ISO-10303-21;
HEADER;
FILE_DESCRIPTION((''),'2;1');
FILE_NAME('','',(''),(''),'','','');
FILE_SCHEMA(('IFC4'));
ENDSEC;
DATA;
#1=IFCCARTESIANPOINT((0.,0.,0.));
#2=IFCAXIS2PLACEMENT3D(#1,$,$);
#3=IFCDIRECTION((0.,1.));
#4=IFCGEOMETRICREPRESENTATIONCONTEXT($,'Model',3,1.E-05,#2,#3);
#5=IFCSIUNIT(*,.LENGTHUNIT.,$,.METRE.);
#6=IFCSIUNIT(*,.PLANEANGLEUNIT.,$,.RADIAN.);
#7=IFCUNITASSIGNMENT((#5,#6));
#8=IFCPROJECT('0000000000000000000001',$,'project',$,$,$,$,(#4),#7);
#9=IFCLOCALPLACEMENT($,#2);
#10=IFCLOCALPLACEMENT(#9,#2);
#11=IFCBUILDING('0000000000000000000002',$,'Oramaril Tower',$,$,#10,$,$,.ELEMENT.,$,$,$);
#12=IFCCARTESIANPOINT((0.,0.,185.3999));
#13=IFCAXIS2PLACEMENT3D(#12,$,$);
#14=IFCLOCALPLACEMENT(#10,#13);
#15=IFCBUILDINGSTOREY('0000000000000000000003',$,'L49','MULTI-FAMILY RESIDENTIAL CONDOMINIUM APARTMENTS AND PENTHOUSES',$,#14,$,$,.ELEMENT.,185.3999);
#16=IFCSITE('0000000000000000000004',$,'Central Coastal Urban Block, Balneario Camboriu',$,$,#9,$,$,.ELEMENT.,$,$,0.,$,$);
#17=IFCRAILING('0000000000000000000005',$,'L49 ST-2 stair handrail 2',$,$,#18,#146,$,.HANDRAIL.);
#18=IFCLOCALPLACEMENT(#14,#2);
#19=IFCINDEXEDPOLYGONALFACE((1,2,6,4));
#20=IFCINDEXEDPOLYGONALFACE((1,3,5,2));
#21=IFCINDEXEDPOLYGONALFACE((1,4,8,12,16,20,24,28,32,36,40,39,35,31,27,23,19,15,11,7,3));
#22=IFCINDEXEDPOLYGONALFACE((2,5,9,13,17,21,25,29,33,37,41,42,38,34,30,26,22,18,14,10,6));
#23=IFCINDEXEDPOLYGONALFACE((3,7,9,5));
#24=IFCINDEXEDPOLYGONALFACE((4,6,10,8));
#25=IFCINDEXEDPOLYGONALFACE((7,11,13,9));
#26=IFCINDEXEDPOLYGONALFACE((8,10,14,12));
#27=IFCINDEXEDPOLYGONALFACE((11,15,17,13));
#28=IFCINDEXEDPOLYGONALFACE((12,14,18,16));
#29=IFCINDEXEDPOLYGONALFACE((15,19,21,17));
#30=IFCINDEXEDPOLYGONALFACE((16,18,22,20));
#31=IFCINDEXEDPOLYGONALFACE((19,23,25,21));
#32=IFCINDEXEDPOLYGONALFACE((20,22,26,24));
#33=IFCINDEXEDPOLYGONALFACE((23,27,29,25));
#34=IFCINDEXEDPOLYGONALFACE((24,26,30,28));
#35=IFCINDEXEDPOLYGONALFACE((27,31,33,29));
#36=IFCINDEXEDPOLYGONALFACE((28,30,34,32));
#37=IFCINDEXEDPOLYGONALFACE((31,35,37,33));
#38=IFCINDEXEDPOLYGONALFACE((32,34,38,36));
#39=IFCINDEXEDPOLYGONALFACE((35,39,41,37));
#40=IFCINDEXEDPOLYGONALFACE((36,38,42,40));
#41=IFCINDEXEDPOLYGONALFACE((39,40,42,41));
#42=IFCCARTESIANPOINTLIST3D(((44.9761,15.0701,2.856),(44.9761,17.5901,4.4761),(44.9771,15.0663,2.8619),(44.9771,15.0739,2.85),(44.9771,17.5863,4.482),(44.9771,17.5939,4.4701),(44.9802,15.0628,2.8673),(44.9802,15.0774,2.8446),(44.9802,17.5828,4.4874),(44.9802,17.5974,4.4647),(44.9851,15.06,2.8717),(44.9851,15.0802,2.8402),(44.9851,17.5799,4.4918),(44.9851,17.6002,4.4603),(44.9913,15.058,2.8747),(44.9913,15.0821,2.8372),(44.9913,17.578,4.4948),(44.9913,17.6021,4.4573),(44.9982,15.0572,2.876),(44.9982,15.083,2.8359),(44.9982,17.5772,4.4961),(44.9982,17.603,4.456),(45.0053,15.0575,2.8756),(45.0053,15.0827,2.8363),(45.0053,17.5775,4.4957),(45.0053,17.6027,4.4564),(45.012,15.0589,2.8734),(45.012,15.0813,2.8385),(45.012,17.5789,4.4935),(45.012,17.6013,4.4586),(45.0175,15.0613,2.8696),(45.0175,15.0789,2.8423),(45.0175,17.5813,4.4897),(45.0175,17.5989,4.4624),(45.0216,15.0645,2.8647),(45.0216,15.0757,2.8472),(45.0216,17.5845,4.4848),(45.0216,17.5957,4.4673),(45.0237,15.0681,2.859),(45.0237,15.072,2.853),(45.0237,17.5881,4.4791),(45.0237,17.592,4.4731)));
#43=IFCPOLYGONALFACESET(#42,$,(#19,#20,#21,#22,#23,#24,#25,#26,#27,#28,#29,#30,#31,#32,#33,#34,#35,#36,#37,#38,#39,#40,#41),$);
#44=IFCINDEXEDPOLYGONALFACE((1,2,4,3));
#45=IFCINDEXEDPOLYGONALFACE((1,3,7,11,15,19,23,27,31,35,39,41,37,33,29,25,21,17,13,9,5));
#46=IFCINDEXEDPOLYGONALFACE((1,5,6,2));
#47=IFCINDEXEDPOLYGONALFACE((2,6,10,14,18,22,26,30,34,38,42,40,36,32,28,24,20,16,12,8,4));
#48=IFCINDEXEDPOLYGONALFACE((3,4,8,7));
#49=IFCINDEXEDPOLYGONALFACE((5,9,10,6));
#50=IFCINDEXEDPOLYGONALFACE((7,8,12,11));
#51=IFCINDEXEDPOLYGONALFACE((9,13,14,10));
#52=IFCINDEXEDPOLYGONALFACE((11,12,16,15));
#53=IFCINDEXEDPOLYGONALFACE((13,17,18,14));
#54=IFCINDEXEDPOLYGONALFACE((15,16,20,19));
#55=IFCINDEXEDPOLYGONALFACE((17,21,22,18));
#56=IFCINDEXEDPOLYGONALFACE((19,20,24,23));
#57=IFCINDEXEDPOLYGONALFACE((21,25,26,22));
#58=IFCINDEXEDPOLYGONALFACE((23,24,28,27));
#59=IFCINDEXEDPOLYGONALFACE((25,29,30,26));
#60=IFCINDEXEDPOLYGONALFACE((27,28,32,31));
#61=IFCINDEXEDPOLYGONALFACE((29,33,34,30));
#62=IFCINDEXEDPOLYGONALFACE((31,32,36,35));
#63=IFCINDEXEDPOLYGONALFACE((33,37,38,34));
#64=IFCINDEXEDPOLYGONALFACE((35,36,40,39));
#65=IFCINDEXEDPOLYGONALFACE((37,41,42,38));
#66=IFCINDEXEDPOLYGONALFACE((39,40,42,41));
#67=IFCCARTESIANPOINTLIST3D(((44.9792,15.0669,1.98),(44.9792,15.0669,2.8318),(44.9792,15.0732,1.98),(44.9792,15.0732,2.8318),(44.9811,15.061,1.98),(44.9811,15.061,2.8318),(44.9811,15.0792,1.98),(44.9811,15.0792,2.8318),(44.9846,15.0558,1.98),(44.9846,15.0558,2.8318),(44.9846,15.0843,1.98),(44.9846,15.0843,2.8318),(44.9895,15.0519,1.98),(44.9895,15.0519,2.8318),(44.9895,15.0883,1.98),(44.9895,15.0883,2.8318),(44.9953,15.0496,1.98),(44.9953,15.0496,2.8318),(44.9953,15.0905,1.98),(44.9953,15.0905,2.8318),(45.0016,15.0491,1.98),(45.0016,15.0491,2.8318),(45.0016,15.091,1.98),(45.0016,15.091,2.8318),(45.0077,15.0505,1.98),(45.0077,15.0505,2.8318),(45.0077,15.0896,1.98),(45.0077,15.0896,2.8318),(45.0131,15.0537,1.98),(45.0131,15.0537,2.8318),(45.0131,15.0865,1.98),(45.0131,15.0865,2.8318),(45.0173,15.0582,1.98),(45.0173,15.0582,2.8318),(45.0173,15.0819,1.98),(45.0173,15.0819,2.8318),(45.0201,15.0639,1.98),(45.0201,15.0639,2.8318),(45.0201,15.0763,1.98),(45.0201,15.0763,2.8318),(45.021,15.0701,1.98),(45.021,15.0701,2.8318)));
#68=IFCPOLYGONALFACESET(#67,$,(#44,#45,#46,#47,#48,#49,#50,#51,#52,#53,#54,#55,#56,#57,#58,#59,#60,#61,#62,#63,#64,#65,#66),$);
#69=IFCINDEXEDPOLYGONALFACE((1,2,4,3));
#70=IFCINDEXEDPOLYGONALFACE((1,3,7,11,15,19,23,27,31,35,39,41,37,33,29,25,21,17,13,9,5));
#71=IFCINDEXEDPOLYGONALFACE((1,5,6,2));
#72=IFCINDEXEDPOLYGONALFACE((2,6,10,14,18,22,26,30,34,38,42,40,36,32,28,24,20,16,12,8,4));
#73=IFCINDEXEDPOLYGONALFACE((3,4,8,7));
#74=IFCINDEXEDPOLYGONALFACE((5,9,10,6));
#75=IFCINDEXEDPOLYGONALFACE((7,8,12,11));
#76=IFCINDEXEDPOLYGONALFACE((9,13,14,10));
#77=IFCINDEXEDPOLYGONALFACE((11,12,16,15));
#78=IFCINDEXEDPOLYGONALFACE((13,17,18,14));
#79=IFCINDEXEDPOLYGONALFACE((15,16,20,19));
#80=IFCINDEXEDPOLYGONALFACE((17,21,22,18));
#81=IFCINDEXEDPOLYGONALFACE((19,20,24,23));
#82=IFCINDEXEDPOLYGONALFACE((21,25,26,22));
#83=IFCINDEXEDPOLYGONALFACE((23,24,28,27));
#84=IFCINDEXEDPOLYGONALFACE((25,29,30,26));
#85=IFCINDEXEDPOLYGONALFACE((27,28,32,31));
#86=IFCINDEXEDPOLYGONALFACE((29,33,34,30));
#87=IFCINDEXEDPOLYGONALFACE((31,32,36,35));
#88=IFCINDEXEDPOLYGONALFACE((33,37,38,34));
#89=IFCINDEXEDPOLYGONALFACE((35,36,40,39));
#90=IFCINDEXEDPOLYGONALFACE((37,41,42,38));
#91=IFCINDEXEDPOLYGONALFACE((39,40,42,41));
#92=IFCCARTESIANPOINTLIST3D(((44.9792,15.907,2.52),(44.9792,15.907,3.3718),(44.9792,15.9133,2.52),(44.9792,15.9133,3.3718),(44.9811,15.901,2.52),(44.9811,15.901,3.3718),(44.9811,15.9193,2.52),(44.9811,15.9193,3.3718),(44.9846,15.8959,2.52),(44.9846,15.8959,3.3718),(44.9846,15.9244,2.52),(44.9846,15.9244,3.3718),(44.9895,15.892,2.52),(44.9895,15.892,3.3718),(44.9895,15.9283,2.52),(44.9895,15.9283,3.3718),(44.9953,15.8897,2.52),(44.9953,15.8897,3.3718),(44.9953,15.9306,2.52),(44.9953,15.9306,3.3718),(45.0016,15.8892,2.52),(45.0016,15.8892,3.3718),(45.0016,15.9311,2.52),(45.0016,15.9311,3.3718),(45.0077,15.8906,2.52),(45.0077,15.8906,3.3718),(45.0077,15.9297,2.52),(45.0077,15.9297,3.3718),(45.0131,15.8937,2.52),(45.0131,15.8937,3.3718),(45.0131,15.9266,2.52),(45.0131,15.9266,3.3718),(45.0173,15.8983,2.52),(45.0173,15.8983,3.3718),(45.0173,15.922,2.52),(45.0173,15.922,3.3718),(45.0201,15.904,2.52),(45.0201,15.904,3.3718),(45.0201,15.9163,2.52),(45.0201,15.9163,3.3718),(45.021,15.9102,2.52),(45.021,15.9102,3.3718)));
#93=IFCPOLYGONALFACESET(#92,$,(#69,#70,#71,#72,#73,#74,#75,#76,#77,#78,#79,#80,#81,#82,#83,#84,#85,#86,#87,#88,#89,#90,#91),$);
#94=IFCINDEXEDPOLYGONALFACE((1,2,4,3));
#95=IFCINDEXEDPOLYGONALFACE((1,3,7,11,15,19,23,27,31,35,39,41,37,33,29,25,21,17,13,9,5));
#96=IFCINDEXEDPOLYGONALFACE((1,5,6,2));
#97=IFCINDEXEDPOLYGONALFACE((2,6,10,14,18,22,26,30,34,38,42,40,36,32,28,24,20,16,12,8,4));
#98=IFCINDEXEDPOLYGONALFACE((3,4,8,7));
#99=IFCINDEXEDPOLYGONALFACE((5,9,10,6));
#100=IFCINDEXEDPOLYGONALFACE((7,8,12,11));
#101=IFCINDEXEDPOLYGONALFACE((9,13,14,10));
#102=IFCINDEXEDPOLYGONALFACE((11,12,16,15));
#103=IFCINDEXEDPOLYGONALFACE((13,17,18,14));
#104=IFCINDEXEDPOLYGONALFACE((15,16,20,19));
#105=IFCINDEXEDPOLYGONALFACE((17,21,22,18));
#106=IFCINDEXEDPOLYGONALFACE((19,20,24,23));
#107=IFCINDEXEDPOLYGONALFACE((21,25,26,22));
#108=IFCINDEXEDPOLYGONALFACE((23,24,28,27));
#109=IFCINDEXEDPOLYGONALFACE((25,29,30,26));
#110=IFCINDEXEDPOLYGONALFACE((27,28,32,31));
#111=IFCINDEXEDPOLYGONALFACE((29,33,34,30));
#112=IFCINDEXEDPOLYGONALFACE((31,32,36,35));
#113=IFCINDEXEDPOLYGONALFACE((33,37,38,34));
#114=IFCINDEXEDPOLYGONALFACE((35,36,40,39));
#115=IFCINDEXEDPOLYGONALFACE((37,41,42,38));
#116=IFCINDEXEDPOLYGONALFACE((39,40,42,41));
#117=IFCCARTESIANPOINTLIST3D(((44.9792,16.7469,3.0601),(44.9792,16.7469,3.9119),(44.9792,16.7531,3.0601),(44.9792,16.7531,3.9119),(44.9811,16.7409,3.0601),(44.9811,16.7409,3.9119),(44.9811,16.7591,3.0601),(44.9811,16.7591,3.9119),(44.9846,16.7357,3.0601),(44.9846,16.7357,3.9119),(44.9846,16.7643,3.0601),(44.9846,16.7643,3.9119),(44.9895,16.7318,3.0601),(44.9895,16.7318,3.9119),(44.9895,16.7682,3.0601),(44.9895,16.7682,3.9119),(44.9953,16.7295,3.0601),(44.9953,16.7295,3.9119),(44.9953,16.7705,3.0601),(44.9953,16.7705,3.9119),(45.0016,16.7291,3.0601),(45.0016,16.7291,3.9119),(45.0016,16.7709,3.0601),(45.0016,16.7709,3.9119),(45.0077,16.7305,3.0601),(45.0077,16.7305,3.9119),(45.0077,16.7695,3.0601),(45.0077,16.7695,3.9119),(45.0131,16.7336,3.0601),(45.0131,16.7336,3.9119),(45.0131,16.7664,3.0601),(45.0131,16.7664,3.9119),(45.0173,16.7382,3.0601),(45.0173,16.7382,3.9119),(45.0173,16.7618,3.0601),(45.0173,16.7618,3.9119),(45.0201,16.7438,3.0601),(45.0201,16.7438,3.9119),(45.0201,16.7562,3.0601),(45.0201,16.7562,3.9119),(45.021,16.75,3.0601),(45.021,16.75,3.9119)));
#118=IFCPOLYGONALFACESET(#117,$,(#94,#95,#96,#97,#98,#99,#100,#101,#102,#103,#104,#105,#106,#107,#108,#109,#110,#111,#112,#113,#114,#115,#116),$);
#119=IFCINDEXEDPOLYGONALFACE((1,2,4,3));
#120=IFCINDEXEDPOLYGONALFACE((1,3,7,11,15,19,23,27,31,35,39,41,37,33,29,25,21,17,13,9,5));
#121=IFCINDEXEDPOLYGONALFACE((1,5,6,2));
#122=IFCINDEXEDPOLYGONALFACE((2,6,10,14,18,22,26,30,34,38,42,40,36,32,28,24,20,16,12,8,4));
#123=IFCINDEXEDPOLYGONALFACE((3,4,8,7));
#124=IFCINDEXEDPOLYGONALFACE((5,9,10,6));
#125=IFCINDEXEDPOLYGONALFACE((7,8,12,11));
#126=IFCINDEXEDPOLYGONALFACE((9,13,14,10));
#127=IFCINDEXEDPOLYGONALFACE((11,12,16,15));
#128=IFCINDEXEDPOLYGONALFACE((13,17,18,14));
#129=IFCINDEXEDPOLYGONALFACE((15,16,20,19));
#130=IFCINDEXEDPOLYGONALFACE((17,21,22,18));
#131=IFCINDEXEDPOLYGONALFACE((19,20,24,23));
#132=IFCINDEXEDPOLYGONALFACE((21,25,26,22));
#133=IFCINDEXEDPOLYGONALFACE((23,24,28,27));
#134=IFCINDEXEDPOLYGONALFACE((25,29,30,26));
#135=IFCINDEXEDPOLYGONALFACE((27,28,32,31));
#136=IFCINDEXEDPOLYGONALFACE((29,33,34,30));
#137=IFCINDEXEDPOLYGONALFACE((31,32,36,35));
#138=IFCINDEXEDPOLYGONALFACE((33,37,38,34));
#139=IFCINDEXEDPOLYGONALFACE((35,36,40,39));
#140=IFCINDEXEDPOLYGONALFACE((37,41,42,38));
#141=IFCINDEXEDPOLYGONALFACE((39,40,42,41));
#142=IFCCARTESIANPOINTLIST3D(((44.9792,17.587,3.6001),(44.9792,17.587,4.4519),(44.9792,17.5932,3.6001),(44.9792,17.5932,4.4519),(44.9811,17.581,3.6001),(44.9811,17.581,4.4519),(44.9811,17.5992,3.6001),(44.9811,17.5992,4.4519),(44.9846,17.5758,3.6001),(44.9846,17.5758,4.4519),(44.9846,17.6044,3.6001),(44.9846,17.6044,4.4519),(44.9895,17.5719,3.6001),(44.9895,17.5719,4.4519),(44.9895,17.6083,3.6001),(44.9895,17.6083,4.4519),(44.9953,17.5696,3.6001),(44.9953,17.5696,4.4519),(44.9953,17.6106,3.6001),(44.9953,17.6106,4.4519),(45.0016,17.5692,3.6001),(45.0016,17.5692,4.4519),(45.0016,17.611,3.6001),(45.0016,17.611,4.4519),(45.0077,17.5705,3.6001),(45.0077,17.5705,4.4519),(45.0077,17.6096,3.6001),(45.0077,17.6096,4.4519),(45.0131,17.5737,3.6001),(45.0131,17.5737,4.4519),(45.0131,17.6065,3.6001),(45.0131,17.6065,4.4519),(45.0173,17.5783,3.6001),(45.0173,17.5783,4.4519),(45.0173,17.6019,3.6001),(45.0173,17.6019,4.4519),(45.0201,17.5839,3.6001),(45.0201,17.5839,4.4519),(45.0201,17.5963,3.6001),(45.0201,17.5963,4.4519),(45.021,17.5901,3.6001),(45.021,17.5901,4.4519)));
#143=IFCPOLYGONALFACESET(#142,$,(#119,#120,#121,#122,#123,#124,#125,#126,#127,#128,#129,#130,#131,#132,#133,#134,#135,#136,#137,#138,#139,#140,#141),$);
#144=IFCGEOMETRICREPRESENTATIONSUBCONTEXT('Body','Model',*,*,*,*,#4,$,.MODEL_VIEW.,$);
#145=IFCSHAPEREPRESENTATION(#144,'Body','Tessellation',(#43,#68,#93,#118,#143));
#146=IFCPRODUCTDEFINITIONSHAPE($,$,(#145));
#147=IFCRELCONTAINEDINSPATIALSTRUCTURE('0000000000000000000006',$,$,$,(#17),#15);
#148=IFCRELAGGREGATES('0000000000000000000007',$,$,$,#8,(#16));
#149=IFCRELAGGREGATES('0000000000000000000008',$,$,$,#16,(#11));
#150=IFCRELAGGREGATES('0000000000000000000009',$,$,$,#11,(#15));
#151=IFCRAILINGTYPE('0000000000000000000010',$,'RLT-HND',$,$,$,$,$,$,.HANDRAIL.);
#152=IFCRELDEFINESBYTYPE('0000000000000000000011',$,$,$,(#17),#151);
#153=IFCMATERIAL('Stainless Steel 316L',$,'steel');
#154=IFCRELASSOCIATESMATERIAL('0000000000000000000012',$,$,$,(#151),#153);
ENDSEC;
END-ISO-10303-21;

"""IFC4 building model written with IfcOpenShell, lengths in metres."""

from ifc_helpers import new_model, si_unit, direction, frame, origin, origin_2d, place, context, subcontext, project, spatial, circle, extrude, material, type_object, element, save


model = new_model("IFC4")

# Units and contexts
model_context = context("Model", 3, precision=1e-05, world=origin(), true_north=direction((0.0, 1.0)))
body_context = subcontext(model_context, "Body", "Model", "MODEL_VIEW")
ifc_project = project(units=[si_unit("LENGTHUNIT", "METRE"), si_unit("PLANEANGLEUNIT", "RADIAN")], contexts=[model_context])

# Site, building, storey
site_placement = place(None, origin())
site = spatial("IfcSite", under=ifc_project, at=site_placement, Name="Central Coastal Urban Block, Balneario Camboriu", CompositionType="ELEMENT", RefElevation=0.0)
building_placement = place(site_placement, origin())
building = spatial("IfcBuilding", under=site, at=building_placement, Name="Oramaril Tower", CompositionType="ELEMENT")
storey_placement = place(building_placement, frame((0.0, 0.0, 185.3999)))
storey = spatial("IfcBuildingStorey", under=building, at=storey_placement, Name="L49", Description="MULTI-FAMILY RESIDENTIAL CONDOMINIUM APARTMENTS AND PENTHOUSES", CompositionType="ELEMENT", Elevation=185.3999)

# Railing
ifc_material_1 = material(Name="Stainless Steel 316L", Category="steel")
railing_type_1 = type_object("IfcRailingType", Name="RLT-HND", PredefinedType="HANDRAIL", material=ifc_material_1)
for number, where, name in (
    (1, (45.0, 15.0701, 1.98), "L49 ST-2 stair handrail 2"),
):
    element("IfcRailing", number, at=place(storey_placement, frame(where)), inside=storey, type_object=railing_type_1, Name=name, PredefinedType="HANDRAIL", context=body_context, shape_type="SweptSolid", body=[
        extrude(circle(Radius=0.0239, at=origin_2d()), frame((0.0, 0.0, 0.876), z_axis=(0.0, 0.841163, 0.540782), x_axis=(-1.0, 0.0, 0.0)), (0.0, 0.0, 1.0), 2.9958),
        extrude(circle(Radius=0.021, at=origin_2d()), origin(), (0.0, 0.0, 1.0), 0.8518),
        extrude(circle(Radius=0.021, at=origin_2d()), frame((0.0, 0.8401, 0.54)), (0.0, 0.0, 1.0), 0.8518),
        extrude(circle(Radius=0.021, at=origin_2d()), frame((0.0, 1.6799, 1.0801)), (0.0, 0.0, 1.0), 0.8518),
        extrude(circle(Radius=0.021, at=origin_2d()), frame((0.0, 2.52, 1.6201)), (0.0, 0.0, 1.0), 0.8518),
    ])

save(model, "model.ifc")
